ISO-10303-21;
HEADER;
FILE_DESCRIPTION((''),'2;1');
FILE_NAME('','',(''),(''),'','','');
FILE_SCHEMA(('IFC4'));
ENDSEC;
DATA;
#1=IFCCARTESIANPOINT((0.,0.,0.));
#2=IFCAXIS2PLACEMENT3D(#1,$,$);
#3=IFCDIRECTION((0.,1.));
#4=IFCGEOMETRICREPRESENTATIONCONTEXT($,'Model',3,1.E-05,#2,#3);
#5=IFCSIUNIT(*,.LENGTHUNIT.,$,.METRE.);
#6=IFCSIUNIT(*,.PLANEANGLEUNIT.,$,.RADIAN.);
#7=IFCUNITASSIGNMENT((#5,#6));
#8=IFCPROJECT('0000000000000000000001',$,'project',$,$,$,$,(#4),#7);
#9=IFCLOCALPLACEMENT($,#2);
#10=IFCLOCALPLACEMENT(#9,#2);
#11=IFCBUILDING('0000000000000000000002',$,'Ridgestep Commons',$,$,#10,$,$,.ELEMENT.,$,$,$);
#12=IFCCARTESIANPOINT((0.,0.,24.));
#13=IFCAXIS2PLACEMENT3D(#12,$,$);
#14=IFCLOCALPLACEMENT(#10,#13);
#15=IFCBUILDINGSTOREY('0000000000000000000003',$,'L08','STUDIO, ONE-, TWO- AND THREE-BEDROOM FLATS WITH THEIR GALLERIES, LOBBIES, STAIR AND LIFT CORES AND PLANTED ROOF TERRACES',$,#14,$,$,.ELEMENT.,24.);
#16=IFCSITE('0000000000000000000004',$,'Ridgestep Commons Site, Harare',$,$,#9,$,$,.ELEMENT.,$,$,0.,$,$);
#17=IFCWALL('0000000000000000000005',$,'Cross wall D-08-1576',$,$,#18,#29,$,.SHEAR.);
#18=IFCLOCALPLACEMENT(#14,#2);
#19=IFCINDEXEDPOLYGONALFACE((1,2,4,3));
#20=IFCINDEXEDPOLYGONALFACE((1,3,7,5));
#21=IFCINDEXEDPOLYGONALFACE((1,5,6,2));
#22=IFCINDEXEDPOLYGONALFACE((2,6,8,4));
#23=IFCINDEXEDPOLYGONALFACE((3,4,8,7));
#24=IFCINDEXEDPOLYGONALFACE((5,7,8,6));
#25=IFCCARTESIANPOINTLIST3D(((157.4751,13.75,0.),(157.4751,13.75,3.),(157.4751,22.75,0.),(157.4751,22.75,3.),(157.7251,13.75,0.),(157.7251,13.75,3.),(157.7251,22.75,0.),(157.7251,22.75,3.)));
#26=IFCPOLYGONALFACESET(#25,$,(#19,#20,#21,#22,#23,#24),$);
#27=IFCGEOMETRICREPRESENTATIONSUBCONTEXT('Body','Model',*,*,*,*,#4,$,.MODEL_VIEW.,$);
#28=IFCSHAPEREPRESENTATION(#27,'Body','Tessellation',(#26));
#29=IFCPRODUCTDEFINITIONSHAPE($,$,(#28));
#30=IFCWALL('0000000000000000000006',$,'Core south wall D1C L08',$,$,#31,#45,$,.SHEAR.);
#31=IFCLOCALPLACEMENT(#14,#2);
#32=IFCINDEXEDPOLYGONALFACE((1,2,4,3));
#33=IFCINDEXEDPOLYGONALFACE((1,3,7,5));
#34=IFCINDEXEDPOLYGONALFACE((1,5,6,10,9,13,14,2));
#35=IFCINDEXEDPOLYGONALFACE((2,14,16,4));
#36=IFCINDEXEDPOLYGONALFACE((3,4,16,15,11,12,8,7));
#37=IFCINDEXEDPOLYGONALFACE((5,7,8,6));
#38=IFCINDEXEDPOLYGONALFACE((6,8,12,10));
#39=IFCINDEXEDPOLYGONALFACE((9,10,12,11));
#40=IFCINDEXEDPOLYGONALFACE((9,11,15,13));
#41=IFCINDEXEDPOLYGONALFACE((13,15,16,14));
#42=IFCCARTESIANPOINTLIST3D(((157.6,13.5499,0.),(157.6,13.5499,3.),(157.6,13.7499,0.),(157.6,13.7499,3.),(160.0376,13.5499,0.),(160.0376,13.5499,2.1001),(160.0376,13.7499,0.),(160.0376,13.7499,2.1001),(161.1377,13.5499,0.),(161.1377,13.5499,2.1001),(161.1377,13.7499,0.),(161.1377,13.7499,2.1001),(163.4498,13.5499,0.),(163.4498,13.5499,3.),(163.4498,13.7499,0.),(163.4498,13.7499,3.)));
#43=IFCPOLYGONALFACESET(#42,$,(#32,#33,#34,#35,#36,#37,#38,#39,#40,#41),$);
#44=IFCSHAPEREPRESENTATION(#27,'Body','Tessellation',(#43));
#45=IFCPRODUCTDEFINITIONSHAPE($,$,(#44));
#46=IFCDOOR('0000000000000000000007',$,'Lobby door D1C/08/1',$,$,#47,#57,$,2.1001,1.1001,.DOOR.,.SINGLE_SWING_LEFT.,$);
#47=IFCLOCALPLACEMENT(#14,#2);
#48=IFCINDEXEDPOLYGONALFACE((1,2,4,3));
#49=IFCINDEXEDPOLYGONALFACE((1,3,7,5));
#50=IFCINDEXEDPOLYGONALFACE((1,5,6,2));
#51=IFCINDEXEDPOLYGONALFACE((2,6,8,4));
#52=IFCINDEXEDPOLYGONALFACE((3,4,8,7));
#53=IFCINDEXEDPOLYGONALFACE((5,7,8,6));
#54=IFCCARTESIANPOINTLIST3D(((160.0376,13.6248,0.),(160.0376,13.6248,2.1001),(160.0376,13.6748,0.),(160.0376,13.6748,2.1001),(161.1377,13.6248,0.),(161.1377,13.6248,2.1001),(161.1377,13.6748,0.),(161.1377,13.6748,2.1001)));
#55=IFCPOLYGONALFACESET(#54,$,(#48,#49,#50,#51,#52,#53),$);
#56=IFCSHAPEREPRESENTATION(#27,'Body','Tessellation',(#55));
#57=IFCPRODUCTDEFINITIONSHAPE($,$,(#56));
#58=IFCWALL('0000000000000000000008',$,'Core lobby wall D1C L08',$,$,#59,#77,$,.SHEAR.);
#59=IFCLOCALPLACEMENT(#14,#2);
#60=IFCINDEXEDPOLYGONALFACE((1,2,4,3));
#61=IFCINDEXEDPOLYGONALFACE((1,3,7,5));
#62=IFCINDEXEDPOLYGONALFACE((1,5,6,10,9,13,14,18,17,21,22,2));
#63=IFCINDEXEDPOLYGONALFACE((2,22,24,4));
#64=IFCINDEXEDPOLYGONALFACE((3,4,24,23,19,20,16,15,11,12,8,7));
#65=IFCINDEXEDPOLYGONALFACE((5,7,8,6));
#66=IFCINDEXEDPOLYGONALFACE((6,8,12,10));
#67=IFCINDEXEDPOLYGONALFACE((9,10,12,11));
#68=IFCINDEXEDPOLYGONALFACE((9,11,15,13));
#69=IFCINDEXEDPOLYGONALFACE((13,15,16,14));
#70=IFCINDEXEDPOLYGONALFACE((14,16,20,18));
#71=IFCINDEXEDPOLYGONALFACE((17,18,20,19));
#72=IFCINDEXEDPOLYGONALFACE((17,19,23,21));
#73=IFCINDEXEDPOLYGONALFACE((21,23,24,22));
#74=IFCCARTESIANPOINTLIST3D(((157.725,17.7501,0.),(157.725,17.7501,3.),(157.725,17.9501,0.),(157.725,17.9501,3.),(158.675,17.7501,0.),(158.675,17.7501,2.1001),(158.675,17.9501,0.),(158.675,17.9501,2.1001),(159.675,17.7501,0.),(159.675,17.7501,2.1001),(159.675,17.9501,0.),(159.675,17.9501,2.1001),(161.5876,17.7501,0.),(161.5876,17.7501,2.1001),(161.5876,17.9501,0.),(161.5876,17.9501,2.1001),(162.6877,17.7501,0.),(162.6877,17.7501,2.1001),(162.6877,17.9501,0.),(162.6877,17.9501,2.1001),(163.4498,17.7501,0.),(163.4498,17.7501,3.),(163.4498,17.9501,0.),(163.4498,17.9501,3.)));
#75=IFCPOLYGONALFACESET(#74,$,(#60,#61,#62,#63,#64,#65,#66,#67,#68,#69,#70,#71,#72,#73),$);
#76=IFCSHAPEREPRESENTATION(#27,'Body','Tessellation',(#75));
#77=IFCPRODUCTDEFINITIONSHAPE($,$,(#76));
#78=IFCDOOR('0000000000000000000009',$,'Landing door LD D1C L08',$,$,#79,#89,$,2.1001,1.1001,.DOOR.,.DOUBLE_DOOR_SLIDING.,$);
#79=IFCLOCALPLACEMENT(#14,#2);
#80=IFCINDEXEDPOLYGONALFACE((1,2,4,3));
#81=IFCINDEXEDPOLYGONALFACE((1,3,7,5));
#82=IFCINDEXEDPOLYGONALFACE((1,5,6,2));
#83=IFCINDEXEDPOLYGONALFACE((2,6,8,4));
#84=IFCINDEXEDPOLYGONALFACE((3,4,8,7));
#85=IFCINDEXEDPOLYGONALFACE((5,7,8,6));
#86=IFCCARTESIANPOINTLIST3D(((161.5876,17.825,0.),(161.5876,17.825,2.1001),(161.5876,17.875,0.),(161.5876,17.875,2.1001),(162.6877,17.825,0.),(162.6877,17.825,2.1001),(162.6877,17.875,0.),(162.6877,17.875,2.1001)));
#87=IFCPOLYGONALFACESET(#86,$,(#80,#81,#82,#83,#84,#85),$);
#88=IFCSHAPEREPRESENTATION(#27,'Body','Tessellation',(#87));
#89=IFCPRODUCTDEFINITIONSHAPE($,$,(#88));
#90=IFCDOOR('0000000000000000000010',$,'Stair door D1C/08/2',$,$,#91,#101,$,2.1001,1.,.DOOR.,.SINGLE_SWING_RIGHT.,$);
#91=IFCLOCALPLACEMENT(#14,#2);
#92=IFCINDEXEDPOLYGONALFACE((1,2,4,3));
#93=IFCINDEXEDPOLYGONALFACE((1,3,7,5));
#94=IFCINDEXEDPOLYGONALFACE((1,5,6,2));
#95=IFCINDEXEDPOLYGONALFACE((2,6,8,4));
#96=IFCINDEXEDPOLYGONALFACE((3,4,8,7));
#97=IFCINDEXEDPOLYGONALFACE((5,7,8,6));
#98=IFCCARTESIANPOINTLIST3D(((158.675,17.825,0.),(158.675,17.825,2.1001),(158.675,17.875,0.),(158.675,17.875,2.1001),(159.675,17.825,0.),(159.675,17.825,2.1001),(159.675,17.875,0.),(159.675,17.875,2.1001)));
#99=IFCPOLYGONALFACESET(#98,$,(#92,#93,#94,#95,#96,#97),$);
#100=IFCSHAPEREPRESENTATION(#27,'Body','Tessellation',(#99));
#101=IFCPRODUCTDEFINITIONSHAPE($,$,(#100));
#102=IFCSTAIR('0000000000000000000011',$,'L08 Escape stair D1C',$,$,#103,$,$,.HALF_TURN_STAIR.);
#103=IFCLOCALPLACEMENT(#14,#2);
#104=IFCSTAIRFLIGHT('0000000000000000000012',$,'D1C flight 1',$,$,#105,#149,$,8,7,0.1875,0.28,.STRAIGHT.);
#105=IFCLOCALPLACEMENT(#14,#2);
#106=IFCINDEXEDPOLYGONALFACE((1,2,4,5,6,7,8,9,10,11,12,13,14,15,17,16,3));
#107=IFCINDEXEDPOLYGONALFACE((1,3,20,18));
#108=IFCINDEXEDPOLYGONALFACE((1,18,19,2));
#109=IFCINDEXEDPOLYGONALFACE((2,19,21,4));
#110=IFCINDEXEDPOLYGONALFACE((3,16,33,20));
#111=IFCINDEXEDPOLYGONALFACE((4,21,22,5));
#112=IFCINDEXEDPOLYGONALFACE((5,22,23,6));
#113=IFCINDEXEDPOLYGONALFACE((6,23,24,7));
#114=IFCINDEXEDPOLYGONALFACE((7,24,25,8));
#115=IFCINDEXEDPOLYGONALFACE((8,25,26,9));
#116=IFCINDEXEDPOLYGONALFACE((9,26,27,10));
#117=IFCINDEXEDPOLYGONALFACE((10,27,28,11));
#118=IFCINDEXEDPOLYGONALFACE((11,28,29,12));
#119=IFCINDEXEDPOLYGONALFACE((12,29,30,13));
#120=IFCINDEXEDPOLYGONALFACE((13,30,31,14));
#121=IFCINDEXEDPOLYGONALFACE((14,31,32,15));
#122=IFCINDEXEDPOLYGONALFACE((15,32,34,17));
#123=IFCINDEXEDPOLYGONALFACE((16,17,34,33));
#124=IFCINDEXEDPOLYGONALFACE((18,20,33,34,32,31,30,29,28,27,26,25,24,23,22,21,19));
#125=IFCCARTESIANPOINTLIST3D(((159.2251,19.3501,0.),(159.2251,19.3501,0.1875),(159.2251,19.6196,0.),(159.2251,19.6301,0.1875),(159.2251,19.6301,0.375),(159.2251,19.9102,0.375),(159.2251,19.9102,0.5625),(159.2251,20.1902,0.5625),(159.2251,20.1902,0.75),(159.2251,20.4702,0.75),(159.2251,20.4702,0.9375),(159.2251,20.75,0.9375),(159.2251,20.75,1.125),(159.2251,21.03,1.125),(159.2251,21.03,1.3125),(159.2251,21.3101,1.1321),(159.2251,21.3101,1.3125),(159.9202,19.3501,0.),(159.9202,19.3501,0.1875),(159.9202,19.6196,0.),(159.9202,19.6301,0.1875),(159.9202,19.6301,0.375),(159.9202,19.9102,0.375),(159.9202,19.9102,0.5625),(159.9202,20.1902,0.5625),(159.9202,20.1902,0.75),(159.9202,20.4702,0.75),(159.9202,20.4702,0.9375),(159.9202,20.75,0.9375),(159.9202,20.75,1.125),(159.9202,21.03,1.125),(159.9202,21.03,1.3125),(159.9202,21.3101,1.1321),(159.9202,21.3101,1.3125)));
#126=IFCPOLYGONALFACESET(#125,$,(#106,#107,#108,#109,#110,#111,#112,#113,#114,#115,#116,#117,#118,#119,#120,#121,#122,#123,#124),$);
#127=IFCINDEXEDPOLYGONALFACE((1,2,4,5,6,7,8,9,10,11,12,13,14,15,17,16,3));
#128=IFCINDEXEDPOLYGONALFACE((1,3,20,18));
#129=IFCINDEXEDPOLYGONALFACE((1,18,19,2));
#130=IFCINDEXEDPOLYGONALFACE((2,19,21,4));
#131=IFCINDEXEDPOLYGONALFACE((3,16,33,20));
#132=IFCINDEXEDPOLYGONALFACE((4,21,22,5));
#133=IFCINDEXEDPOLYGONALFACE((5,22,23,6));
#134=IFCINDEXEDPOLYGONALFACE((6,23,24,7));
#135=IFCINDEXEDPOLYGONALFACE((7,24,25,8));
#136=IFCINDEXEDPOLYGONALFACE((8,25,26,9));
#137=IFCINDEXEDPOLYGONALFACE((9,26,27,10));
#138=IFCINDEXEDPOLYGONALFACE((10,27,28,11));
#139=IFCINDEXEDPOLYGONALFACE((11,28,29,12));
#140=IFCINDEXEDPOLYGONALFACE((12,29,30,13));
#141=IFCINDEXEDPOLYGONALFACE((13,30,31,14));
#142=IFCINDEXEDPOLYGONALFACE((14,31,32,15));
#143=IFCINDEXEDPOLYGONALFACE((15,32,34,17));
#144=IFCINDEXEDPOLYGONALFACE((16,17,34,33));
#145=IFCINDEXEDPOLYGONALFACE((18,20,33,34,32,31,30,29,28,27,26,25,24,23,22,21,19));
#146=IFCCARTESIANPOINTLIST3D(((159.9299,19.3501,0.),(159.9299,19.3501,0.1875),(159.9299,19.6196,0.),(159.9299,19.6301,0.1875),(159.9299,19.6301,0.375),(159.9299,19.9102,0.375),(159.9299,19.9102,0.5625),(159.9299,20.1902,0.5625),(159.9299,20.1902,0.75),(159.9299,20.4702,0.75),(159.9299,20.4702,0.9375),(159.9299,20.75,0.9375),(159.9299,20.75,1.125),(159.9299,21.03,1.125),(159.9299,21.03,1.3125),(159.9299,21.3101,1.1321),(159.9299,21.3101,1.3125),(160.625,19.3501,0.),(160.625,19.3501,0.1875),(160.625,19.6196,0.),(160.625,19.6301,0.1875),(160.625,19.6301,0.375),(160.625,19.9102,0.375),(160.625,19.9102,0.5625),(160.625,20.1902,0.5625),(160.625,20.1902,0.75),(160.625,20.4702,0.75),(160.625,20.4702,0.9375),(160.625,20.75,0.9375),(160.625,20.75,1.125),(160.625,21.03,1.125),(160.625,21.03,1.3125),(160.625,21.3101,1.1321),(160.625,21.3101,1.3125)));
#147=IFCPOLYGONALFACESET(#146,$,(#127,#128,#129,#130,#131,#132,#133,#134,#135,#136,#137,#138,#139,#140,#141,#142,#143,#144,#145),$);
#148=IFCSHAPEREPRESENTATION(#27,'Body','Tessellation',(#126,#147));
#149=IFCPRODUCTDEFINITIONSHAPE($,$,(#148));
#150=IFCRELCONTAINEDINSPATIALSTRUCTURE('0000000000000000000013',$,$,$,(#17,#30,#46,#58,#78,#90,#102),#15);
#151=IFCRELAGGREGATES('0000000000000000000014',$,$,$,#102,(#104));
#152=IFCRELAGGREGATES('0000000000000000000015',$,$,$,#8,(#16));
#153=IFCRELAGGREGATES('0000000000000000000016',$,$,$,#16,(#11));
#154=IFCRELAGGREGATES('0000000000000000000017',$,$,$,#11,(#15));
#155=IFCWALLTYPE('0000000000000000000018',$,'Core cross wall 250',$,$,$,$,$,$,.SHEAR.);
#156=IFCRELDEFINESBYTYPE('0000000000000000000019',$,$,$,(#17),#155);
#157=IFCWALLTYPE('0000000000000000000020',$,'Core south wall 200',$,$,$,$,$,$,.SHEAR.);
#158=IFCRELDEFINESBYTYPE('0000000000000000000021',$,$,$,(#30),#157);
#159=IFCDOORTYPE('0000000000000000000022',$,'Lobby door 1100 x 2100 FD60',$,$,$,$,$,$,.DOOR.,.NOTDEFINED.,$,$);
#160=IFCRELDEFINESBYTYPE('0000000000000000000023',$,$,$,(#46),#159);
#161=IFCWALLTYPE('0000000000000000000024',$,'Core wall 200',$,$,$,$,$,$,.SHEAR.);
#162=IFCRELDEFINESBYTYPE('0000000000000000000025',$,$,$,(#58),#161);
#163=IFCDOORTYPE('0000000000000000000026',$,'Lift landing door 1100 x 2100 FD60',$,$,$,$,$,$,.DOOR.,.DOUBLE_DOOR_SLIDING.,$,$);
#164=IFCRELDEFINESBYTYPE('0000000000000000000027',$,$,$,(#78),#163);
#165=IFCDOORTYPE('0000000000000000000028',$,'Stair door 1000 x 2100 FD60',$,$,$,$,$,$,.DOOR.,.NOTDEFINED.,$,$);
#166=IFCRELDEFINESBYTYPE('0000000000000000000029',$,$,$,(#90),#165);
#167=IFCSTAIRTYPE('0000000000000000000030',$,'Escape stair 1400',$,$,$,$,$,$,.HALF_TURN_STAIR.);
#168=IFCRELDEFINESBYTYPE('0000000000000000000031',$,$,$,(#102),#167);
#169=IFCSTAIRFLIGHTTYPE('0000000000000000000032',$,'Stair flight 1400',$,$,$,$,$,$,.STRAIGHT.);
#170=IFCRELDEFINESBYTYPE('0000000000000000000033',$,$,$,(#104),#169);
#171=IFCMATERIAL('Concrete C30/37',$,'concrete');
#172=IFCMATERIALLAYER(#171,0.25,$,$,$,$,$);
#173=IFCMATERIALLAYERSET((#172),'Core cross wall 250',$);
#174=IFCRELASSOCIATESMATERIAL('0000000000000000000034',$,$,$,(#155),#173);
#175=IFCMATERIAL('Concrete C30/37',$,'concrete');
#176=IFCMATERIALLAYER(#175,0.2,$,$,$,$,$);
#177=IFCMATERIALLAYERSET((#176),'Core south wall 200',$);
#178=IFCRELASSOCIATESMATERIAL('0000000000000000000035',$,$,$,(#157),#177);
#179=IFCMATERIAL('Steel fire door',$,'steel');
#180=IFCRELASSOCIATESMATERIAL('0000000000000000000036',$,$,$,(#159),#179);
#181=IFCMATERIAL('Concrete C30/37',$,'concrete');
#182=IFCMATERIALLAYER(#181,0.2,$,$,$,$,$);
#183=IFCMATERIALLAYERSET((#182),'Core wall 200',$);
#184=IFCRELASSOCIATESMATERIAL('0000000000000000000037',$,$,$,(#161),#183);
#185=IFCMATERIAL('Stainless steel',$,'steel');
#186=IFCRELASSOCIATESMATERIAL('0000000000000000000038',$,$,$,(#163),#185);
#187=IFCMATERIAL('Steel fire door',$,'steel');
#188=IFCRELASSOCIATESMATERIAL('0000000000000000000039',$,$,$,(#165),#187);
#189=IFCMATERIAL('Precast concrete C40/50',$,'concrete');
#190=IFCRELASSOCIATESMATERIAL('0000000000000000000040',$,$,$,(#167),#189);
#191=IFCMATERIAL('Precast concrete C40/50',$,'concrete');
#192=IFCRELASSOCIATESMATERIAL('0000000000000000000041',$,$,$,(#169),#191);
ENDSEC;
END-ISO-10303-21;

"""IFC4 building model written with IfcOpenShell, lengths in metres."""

from ifc_helpers import new_model, si_unit, direction, frame, frame_2d, origin, place, context, subcontext, project, spatial, polyline, rectangle, outline, extrude, material, layer, layer_set, type_object, element, fill, aggregate, save


model = new_model("IFC4")

# Units and contexts
model_context = context("Model", 3, precision=1e-05, world=origin(), true_north=direction((0.0, 1.0)))
body_context = subcontext(model_context, "Body", "Model", "MODEL_VIEW")
ifc_project = project(units=[si_unit("LENGTHUNIT", "METRE"), si_unit("PLANEANGLEUNIT", "RADIAN")], contexts=[model_context])

# Site, building, storey
site_placement = place(None, origin())
site = spatial("IfcSite", under=ifc_project, at=site_placement, Name="Ridgestep Commons Site, Harare", CompositionType="ELEMENT", RefElevation=0.0)
building_placement = place(site_placement, origin())
building = spatial("IfcBuilding", under=site, at=building_placement, Name="Ridgestep Commons", CompositionType="ELEMENT")
storey_placement = place(building_placement, frame((0.0, 0.0, 24.0)))
storey = spatial("IfcBuildingStorey", under=building, at=storey_placement, Name="L08", Description="STUDIO, ONE-, TWO- AND THREE-BEDROOM FLATS WITH THEIR GALLERIES, LOBBIES, STAIR AND LIFT CORES AND PLANTED ROOF TERRACES", CompositionType="ELEMENT", Elevation=24.0)

# Wall
ifc_material_1 = material(Name="Concrete C30/37", Category="concrete")
ifc_layer_1 = layer(ifc_material_1, 0.25)
ifc_layer_set_1 = layer_set([ifc_layer_1], Name="Core cross wall 250")
wall_type_1 = type_object("IfcWallType", Name="Core cross wall 250", PredefinedType="SHEAR", material=ifc_layer_set_1)
wall_1_placement = place(storey_placement, frame((157.6001, 13.75, 0.0), z_axis=(0.0, 0.0, 1.0), x_axis=(0.0, 1.0, 0.0)))
element("IfcWall", 1, at=wall_1_placement, inside=storey, type_object=wall_type_1, Name="Cross wall D-08-1576", PredefinedType="SHEAR", context=body_context, shape_type="SweptSolid", body=[
    extrude(rectangle(XDim=9.0, YDim=0.25, at=frame_2d((4.5, 0.0))), origin(), (0.0, 0.0, 1.0), 3.0),
])

# Wall, opening, door
ifc_material_2 = material(Name="Concrete C30/37", Category="concrete")
ifc_layer_2 = layer(ifc_material_2, 0.2)
ifc_layer_set_2 = layer_set([ifc_layer_2], Name="Core south wall 200")
wall_type_2 = type_object("IfcWallType", Name="Core south wall 200", PredefinedType="SHEAR", material=ifc_layer_set_2)
wall_2_placement = place(storey_placement, frame((157.6001, 13.6499, 0.0), z_axis=(0.0, 0.0, 1.0), x_axis=(1.0, 0.0, 0.0)))
wall_2 = element("IfcWall", 2, at=wall_2_placement, inside=storey, type_object=wall_type_2, Name="Core south wall D1C L08", PredefinedType="SHEAR", context=body_context, shape_type="SweptSolid", body=[
    extrude(rectangle(XDim=5.8499, YDim=0.2, at=frame_2d((2.9248, 0.0))), origin(), (0.0, 0.0, 1.0), 3.0),
])
opening_1_placement = place(wall_2_placement, frame((2.4375, 0.0, 0.0)))
opening_1 = element("IfcOpeningElement", 3, at=opening_1_placement, cuts=wall_2, PredefinedType="OPENING", context=body_context, shape_type="SweptSolid", body=[
    extrude(rectangle(XDim=1.1001, YDim=2.1001, at=frame_2d((0.55, 1.05))), frame((0.0, 0.1099, 0.0), z_axis=(0.0, -1.0, 0.0), x_axis=(1.0, 0.0, 0.0)), (0.0, 0.0, 1.0), 0.22),
])
ifc_material_3 = material(Name="Steel fire door", Category="steel")
door_type_1 = type_object("IfcDoorType", Name="Lobby door 1100 x 2100 FD60", OperationType="NOTDEFINED", PredefinedType="DOOR", material=ifc_material_3)
door_1_placement = place(opening_1_placement, origin())
door_1 = element("IfcDoor", 4, at=door_1_placement, inside=storey, type_object=door_type_1, Name="Lobby door D1C/08/1", OperationType="SINGLE_SWING_LEFT", OverallHeight=2.1001, OverallWidth=1.1001, PredefinedType="DOOR", context=body_context, shape_type="SweptSolid", body=[
    extrude(rectangle(XDim=1.1001, YDim=2.1001, at=frame_2d((0.55, 1.05))), frame((0.0, 0.0249, 0.0), z_axis=(0.0, -1.0, 0.0), x_axis=(1.0, 0.0, 0.0)), (0.0, 0.0, 1.0), 0.05),
])
fill(opening_1, door_1)

# Wall, openings, doors
ifc_material_4 = material(Name="Concrete C30/37", Category="concrete")
ifc_layer_3 = layer(ifc_material_4, 0.2)
ifc_layer_set_3 = layer_set([ifc_layer_3], Name="Core wall 200")
wall_type_3 = type_object("IfcWallType", Name="Core wall 200", PredefinedType="SHEAR", material=ifc_layer_set_3)
wall_3_placement = place(storey_placement, frame((157.7251, 17.8501, 0.0), z_axis=(0.0, 0.0, 1.0), x_axis=(1.0, 0.0, 0.0)))
wall_3 = element("IfcWall", 5, at=wall_3_placement, inside=storey, type_object=wall_type_3, Name="Core lobby wall D1C L08", PredefinedType="SHEAR", context=body_context, shape_type="SweptSolid", body=[
    extrude(rectangle(XDim=5.7249, YDim=0.2, at=frame_2d((2.8623, 0.0))), origin(), (0.0, 0.0, 1.0), 3.0),
])
opening_2_placement = place(wall_3_placement, frame((0.95, 0.0, 0.0)))
opening_2 = element("IfcOpeningElement", 6, at=opening_2_placement, cuts=wall_3, PredefinedType="OPENING", context=body_context, shape_type="SweptSolid", body=[
    extrude(rectangle(XDim=1.0, YDim=2.1001, at=frame_2d((0.5, 1.05))), frame((0.0, 0.1099, 0.0), z_axis=(0.0, -1.0, 0.0), x_axis=(1.0, 0.0, 0.0)), (0.0, 0.0, 1.0), 0.22),
])
opening_3_placement = place(wall_3_placement, frame((3.8625, 0.0, 0.0)))
opening_3 = element("IfcOpeningElement", 7, at=opening_3_placement, cuts=wall_3, PredefinedType="OPENING", context=body_context, shape_type="SweptSolid", body=[
    extrude(rectangle(XDim=1.1001, YDim=2.1001, at=frame_2d((0.55, 1.05))), frame((0.0, 0.1099, 0.0), z_axis=(0.0, -1.0, 0.0), x_axis=(1.0, 0.0, 0.0)), (0.0, 0.0, 1.0), 0.22),
])
ifc_material_5 = material(Name="Stainless steel", Category="steel")
door_type_2 = type_object("IfcDoorType", Name="Lift landing door 1100 x 2100 FD60", OperationType="DOUBLE_DOOR_SLIDING", PredefinedType="DOOR", material=ifc_material_5)
door_2_placement = place(opening_3_placement, origin())
door_2 = element("IfcDoor", 8, at=door_2_placement, inside=storey, type_object=door_type_2, Name="Landing door LD D1C L08", OperationType="DOUBLE_DOOR_SLIDING", OverallHeight=2.1001, OverallWidth=1.1001, PredefinedType="DOOR", context=body_context, shape_type="SweptSolid", body=[
    extrude(rectangle(XDim=1.1001, YDim=2.1001, at=frame_2d((0.55, 1.05))), frame((0.0, 0.0249, 0.0), z_axis=(0.0, -1.0, 0.0), x_axis=(1.0, 0.0, 0.0)), (0.0, 0.0, 1.0), 0.05),
])
fill(opening_3, door_2)
ifc_material_6 = material(Name="Steel fire door", Category="steel")
door_type_3 = type_object("IfcDoorType", Name="Stair door 1000 x 2100 FD60", OperationType="NOTDEFINED", PredefinedType="DOOR", material=ifc_material_6)
door_3_placement = place(opening_2_placement, origin())
door_3 = element("IfcDoor", 9, at=door_3_placement, inside=storey, type_object=door_type_3, Name="Stair door D1C/08/2", OperationType="SINGLE_SWING_RIGHT", OverallHeight=2.1001, OverallWidth=1.0, PredefinedType="DOOR", context=body_context, shape_type="SweptSolid", body=[
    extrude(rectangle(XDim=1.0, YDim=2.1001, at=frame_2d((0.5, 1.05))), frame((0.0, 0.0249, 0.0), z_axis=(0.0, -1.0, 0.0), x_axis=(1.0, 0.0, 0.0)), (0.0, 0.0, 1.0), 0.05),
])
fill(opening_2, door_3)

# Stair, stair flight
ifc_material_7 = material(Name="Precast concrete C40/50", Category="concrete")
stair_type = type_object("IfcStairType", Name="Escape stair 1400", PredefinedType="HALF_TURN_STAIR", material=ifc_material_7)
stair_placement = place(storey_placement, origin())
stair = element("IfcStair", 10, at=stair_placement, inside=storey, type_object=stair_type, Name="L08 Escape stair D1C", PredefinedType="HALF_TURN_STAIR")
ifc_material_8 = material(Name="Precast concrete C40/50", Category="concrete")
stair_flight_type = type_object("IfcStairFlightType", Name="Stair flight 1400", PredefinedType="STRAIGHT", material=ifc_material_8)
stair_flight_1_placement = place(storey_placement, frame((159.925, 19.3501, 0.0), z_axis=(0.0, 0.0, 1.0), x_axis=(0.0, 1.0, 0.0)))
stair_flight_1 = element("IfcStairFlight", 11, at=stair_flight_1_placement, type_object=stair_flight_type, Name="D1C flight 1", NumberOfRisers=8, NumberOfTreads=7, PredefinedType="STRAIGHT", RiserHeight=0.1875, TreadLength=0.28, context=body_context, shape_type="SweptSolid", body=[
    extrude(outline(polyline([(0.0, 0.0), (0.0, 0.1875), (0.28, 0.1875), (0.28, 0.375), (0.5601, 0.375), (0.5601, 0.5625), (0.8401, 0.5625), (0.8401, 0.75), (1.1201, 0.75), (1.1201, 0.9375), (1.3999, 0.9375), (1.3999, 1.125), (1.6799, 1.125), (1.6799, 1.3125), (1.96, 1.3125), (1.96, 1.5), (1.96, 1.1321), (0.2695, 0.0), (0.0, 0.0)])), frame((0.0, 0.7, 0.0), z_axis=(0.0, -1.0, 0.0), x_axis=(1.0, 0.0, 0.0)), (0.0, 0.0, 1.0), 0.6951),
    extrude(outline(polyline([(0.0, 0.0), (0.0, 0.1875), (0.28, 0.1875), (0.28, 0.375), (0.5601, 0.375), (0.5601, 0.5625), (0.8401, 0.5625), (0.8401, 0.75), (1.1201, 0.75), (1.1201, 0.9375), (1.3999, 0.9375), (1.3999, 1.125), (1.6799, 1.125), (1.6799, 1.3125), (1.96, 1.3125), (1.96, 1.5), (1.96, 1.1321), (0.2695, 0.0), (0.0, 0.0)])), frame((0.0, -0.0049, 0.0), z_axis=(0.0, -1.0, 0.0), x_axis=(1.0, 0.0, 0.0)), (0.0, 0.0, 1.0), 0.6951),
])
aggregate(stair, [stair_flight_1])

save(model, "model.ifc")
